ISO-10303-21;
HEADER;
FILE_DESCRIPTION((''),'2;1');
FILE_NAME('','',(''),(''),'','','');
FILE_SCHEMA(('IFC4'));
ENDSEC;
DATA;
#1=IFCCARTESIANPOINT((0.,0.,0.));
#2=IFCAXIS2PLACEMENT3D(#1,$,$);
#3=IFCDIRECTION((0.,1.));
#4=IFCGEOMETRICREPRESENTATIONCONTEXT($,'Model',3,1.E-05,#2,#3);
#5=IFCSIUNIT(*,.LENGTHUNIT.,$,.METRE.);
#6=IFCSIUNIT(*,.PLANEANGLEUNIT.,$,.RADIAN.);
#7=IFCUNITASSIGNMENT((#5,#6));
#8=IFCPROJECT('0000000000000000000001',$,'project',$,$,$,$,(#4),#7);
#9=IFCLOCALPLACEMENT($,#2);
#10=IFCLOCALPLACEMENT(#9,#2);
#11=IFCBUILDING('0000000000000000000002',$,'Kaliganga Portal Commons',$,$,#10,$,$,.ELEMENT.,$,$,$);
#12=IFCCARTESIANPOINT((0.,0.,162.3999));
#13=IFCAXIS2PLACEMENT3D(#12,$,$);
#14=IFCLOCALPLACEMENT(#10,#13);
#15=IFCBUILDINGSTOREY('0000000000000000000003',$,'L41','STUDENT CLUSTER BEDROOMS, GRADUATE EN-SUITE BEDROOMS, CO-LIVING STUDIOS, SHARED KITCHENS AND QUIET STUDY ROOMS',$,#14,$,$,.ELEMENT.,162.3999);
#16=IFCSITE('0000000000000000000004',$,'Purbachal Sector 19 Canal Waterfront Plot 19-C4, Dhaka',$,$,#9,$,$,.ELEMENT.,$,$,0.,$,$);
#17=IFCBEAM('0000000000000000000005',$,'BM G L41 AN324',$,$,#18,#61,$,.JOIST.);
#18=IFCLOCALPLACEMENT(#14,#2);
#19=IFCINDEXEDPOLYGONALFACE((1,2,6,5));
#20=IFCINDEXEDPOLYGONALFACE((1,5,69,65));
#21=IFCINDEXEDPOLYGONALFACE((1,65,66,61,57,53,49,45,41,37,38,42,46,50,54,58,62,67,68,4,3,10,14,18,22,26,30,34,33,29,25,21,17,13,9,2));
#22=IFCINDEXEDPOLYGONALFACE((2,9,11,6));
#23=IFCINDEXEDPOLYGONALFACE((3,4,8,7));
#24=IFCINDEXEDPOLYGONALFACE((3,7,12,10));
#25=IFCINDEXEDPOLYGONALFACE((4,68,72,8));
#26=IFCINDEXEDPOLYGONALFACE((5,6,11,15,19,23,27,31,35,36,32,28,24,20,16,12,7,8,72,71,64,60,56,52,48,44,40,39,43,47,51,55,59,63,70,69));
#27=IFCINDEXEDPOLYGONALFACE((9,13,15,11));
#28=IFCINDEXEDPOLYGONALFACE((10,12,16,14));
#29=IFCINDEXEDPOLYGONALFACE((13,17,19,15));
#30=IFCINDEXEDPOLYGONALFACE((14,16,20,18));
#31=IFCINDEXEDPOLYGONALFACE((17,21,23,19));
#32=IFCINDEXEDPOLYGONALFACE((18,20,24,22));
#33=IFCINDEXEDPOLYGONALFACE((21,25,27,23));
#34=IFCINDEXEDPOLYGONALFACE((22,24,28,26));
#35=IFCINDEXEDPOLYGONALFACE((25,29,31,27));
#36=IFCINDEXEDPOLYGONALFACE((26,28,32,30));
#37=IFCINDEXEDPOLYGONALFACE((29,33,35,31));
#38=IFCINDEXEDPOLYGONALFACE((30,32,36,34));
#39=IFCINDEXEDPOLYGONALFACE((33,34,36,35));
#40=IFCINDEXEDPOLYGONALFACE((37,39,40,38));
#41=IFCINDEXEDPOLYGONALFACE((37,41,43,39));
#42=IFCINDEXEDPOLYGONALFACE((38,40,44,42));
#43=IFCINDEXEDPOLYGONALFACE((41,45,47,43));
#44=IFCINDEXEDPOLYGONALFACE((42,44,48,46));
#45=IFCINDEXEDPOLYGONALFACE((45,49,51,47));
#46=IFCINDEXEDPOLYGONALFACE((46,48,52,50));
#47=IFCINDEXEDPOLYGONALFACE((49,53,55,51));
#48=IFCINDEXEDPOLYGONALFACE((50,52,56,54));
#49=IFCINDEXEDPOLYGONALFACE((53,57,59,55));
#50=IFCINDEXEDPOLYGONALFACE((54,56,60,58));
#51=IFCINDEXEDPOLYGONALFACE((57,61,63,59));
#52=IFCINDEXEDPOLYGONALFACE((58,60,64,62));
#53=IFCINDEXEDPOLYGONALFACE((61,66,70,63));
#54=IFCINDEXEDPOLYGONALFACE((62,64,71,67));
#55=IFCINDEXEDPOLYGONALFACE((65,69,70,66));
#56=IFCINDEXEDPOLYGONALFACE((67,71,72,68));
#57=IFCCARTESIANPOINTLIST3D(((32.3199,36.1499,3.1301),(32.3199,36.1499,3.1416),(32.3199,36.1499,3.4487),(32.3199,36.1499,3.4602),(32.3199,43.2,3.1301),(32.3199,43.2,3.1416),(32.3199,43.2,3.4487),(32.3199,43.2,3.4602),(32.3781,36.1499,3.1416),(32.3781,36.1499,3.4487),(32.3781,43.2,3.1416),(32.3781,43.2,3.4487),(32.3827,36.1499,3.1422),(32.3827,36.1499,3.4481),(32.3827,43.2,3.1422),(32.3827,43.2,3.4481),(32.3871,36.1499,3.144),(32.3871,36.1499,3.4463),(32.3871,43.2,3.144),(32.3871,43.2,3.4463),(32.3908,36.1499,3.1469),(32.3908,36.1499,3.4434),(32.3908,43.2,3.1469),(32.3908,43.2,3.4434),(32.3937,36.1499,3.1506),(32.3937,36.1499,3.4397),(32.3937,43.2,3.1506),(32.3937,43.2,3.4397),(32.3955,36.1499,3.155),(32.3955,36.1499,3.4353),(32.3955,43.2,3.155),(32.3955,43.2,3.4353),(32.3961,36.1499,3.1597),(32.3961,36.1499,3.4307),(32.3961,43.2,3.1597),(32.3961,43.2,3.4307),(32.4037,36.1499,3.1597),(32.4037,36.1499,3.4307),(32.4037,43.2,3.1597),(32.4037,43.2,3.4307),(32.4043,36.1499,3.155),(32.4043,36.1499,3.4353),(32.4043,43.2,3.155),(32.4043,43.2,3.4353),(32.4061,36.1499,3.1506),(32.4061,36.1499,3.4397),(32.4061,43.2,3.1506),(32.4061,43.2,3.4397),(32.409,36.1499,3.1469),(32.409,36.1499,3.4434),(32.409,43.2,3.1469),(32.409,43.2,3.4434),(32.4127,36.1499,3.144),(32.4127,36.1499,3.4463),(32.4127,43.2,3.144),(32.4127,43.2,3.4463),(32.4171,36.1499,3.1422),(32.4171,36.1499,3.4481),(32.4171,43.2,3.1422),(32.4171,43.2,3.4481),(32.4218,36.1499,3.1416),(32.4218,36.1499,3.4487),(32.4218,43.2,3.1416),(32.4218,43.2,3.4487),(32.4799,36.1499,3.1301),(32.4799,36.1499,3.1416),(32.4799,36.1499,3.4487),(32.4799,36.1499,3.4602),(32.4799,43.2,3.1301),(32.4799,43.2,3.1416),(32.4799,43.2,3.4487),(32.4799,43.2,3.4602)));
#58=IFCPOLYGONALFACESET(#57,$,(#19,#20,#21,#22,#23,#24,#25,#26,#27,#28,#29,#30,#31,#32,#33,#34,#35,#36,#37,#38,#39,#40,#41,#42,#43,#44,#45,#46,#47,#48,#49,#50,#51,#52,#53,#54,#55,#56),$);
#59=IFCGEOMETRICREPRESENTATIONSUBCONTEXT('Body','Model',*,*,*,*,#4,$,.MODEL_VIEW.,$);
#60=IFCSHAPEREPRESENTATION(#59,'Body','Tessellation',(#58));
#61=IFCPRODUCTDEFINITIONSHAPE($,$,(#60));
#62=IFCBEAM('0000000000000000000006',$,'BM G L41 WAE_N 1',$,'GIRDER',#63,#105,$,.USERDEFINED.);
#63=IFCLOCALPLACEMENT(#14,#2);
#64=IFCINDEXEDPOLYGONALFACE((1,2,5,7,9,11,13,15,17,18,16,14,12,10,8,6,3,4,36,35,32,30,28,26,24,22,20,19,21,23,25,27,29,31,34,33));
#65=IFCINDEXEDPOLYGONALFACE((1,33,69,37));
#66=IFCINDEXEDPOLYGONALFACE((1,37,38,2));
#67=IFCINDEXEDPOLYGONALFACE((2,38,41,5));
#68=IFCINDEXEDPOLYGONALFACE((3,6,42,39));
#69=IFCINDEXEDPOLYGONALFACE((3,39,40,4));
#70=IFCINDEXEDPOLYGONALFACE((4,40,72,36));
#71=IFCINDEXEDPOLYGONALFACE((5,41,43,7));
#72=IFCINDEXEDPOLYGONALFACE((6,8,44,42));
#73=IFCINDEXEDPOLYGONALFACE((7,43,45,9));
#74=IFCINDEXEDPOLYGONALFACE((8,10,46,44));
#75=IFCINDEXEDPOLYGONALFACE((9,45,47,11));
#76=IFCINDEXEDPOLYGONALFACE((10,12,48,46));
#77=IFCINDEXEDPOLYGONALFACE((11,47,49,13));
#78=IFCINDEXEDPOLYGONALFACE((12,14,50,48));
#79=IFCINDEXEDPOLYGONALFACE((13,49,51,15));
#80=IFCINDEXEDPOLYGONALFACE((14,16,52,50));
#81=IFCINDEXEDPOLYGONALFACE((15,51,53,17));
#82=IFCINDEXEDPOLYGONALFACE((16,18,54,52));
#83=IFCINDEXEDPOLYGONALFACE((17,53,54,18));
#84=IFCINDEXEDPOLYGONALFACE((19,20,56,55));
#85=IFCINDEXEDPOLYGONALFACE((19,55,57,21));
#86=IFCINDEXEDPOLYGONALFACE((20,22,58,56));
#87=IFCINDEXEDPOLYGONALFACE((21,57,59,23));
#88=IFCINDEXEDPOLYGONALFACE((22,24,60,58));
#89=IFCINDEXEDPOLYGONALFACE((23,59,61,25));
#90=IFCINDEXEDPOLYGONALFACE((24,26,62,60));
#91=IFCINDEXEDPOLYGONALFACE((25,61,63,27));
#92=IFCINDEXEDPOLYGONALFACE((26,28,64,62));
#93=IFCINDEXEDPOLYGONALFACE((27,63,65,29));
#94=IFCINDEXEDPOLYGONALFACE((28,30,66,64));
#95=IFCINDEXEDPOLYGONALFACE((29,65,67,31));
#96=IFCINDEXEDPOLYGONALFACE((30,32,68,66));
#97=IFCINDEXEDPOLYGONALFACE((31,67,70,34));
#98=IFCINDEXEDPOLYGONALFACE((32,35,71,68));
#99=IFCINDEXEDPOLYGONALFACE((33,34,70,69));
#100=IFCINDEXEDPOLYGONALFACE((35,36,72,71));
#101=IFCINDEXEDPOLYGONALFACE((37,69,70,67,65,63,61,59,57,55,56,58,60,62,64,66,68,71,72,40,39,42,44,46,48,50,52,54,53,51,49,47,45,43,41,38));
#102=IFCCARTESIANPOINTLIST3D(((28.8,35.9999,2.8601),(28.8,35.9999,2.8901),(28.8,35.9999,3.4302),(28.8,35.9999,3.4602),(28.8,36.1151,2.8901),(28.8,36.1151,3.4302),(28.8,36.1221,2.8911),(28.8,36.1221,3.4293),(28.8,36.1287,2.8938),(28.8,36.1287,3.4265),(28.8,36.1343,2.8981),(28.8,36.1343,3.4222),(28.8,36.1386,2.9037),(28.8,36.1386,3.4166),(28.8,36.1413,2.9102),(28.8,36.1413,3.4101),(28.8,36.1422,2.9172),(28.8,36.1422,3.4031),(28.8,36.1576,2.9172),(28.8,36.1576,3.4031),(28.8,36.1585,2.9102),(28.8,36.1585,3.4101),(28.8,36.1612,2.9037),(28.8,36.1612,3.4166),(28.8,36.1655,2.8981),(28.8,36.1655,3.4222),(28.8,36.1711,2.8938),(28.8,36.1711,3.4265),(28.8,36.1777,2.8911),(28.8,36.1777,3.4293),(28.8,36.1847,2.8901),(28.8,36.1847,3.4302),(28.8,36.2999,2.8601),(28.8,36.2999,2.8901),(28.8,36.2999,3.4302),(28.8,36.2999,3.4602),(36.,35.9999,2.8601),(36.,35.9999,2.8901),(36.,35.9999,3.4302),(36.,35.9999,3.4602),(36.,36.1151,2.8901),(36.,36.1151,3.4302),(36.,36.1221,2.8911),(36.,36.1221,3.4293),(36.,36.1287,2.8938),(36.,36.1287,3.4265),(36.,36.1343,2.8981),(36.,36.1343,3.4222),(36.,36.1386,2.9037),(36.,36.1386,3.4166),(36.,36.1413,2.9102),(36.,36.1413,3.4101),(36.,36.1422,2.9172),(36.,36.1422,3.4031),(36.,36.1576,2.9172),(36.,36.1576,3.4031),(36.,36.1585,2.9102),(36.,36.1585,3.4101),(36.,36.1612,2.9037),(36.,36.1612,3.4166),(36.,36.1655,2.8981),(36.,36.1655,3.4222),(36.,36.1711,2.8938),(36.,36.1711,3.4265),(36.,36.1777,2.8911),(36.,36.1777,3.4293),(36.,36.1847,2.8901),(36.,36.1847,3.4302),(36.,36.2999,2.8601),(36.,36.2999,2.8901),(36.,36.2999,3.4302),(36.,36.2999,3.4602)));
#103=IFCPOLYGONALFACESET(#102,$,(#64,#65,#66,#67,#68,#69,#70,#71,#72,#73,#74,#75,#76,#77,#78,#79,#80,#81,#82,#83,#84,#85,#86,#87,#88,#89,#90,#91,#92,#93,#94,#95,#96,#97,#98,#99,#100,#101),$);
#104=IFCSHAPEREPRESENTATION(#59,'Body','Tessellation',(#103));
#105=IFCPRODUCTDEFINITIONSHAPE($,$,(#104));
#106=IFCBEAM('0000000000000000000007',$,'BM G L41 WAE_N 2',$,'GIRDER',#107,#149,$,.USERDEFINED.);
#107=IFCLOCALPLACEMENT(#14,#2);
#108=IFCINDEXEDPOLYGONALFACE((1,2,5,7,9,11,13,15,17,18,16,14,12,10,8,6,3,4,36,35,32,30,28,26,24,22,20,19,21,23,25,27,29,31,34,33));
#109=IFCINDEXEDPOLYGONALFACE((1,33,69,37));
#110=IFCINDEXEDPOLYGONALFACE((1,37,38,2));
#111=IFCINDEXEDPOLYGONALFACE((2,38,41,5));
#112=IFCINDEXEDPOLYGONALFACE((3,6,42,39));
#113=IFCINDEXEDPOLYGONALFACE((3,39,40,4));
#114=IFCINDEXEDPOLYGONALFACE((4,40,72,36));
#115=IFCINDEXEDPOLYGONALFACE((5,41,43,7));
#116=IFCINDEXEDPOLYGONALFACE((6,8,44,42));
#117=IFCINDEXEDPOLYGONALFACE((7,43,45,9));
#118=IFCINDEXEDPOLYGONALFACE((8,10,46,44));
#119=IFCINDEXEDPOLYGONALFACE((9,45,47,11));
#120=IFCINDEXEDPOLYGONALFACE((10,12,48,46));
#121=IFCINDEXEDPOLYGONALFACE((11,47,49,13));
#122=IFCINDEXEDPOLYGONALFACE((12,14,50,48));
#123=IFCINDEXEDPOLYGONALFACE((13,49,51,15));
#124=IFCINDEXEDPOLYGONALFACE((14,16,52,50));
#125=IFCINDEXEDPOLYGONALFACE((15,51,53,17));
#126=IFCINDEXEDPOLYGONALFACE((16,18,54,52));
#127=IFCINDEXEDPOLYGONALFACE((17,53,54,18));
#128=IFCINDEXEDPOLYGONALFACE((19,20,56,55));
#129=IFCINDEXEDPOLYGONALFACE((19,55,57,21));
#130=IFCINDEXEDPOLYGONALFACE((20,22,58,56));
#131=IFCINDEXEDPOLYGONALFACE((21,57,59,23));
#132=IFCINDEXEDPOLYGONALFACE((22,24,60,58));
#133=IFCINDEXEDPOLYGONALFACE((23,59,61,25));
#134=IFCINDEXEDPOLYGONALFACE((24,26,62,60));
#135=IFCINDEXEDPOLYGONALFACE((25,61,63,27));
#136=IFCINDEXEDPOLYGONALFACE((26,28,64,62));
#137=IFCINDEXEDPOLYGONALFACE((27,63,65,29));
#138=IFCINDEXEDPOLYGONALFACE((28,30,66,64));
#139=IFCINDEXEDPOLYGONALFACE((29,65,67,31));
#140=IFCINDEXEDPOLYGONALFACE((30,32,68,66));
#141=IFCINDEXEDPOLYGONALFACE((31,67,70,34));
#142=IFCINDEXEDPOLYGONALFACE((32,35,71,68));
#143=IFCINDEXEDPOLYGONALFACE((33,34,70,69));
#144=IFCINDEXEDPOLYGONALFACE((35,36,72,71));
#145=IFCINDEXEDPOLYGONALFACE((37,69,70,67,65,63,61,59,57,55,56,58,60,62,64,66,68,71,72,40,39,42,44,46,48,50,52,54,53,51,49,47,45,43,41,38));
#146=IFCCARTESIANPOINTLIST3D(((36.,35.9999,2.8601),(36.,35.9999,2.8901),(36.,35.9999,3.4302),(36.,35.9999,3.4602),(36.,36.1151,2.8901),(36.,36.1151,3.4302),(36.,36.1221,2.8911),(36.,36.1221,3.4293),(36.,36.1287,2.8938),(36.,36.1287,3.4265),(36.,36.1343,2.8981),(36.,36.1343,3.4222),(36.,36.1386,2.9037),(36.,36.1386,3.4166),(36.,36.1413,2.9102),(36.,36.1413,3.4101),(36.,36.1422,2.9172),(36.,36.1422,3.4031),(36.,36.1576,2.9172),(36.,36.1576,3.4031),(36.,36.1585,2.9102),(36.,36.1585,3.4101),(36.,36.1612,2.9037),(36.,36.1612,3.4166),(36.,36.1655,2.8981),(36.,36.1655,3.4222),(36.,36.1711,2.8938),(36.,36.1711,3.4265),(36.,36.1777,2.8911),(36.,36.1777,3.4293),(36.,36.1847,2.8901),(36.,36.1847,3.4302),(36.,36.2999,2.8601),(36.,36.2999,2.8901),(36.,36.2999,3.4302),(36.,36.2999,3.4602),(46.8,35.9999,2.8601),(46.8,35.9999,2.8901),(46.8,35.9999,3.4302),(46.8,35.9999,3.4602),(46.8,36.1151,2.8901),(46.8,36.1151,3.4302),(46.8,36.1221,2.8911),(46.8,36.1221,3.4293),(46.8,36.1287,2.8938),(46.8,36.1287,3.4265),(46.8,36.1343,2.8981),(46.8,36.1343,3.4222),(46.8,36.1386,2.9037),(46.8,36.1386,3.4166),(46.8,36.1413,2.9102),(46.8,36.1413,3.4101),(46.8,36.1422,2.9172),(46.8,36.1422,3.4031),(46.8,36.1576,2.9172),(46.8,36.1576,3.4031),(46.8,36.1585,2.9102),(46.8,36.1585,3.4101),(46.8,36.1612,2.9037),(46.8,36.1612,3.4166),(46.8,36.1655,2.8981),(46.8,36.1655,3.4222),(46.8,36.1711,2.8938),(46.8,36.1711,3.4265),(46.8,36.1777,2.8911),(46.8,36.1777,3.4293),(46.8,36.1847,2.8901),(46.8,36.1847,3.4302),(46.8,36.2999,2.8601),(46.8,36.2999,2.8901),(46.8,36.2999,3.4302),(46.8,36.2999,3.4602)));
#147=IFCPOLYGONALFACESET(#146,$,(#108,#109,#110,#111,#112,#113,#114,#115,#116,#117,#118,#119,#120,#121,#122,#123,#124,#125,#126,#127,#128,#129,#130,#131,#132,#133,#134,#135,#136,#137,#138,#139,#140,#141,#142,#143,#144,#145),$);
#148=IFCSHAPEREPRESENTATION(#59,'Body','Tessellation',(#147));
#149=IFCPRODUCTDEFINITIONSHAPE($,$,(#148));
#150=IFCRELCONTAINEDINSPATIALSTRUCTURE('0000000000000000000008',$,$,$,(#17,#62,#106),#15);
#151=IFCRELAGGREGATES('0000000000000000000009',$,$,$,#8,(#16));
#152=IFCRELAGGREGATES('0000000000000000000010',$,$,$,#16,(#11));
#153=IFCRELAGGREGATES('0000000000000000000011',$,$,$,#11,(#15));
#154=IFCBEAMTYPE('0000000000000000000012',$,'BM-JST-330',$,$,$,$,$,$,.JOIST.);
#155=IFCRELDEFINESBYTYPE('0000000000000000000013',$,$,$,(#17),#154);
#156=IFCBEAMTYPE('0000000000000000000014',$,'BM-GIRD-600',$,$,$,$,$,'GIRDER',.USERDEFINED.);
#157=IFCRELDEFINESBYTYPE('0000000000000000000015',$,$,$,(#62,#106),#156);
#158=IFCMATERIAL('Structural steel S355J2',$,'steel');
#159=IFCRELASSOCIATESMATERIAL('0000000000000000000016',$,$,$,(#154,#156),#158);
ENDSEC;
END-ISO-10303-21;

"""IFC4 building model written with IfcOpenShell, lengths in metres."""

from ifc_helpers import new_model, si_unit, direction, frame, origin, origin_2d, place, context, subcontext, project, spatial, i_section, extrude, source, transform, mapped, material, material_profile, profile_set, type_object, element, save


model = new_model("IFC4")

# Units and contexts
model_context = context("Model", 3, precision=1e-05, world=origin(), true_north=direction((0.0, 1.0)))
body_context = subcontext(model_context, "Body", "Model", "MODEL_VIEW")
ifc_project = project(units=[si_unit("LENGTHUNIT", "METRE"), si_unit("PLANEANGLEUNIT", "RADIAN")], contexts=[model_context])

# Site, building, storey
site_placement = place(None, origin())
site = spatial("IfcSite", under=ifc_project, at=site_placement, Name="Purbachal Sector 19 Canal Waterfront Plot 19-C4, Dhaka", CompositionType="ELEMENT", RefElevation=0.0)
building_placement = place(site_placement, origin())
building = spatial("IfcBuilding", under=site, at=building_placement, Name="Kaliganga Portal Commons", CompositionType="ELEMENT")
storey_placement = place(building_placement, frame((0.0, 0.0, 162.3999)))
storey = spatial("IfcBuildingStorey", under=building, at=storey_placement, Name="L41", Description="STUDENT CLUSTER BEDROOMS, GRADUATE EN-SUITE BEDROOMS, CO-LIVING STUDIOS, SHARED KITCHENS AND QUIET STUDY ROOMS", CompositionType="ELEMENT", Elevation=162.3999)

# Beams
ifc_material_1 = material(Name="Structural steel S355J2", Category="steel")
ifc_material_profile_1 = material_profile(ifc_material_1, i_section(OverallWidth=0.1599, OverallDepth=0.3301, WebThickness=0.0076, FlangeThickness=0.0115, FilletRadius=0.0181, at=origin_2d()), Name="IPE 330")
ifc_profile_set_1 = profile_set([ifc_material_profile_1], Name="Structural steel S355J2 wide-flange")
beam_type_1 = type_object("IfcBeamType", Name="BM-JST-330", PredefinedType="JOIST", material=ifc_profile_set_1)
shared_shape_1 = source(origin(), body_context, "Body", "SweptSolid", [
    extrude(i_section(OverallWidth=0.1599, OverallDepth=0.3301, WebThickness=0.0076, FlangeThickness=0.0115, FilletRadius=0.0181, at=origin_2d()), origin(), (0.0, 0.0, 1.0), 7.05),
])
beam_1_placement = place(storey_placement, frame((32.3999, 36.1499, 3.2952), z_axis=(0.0, 1.0, 0.0), x_axis=(-1.0, 0.0, 0.0)))
element("IfcBeam", 1, at=beam_1_placement, inside=storey, type_object=beam_type_1, Name="BM G L41 AN324", PredefinedType="JOIST", context=body_context, shape_type="MappedRepresentation", body=[
    mapped(shared_shape_1, transform((0.0, 0.0, 0.0), x_axis=(1.0, 0.0, 0.0), y_axis=(0.0, 1.0, 0.0), z_axis=(0.0, 0.0, 1.0), scale=1.0)),
])
ifc_material_profile_2 = material_profile(ifc_material_1, i_section(OverallWidth=0.3, OverallDepth=0.6001, WebThickness=0.0154, FlangeThickness=0.03, FilletRadius=0.0271, at=origin_2d()), Name="HE 600 B")
ifc_profile_set_2 = profile_set([ifc_material_profile_2], Name="Structural steel S355J2 wide-flange")
beam_type_2 = type_object("IfcBeamType", Name="BM-GIRD-600", ElementType="GIRDER", PredefinedType="USERDEFINED", material=ifc_profile_set_2)
shared_shape_2 = source(origin(), body_context, "Body", "SweptSolid", [
    extrude(i_section(OverallWidth=0.3, OverallDepth=0.6001, WebThickness=0.0154, FlangeThickness=0.03, FilletRadius=0.0271, at=origin_2d()), origin(), (0.0, 0.0, 1.0), 7.2),
])
beam_2_placement = place(storey_placement, frame((28.8, 36.1499, 3.1602), z_axis=(1.0, 0.0, 0.0), x_axis=(0.0, 1.0, 0.0)))
element("IfcBeam", 2, at=beam_2_placement, inside=storey, type_object=beam_type_2, Name="BM G L41 WAE_N 1", ObjectType="GIRDER", PredefinedType="USERDEFINED", context=body_context, shape_type="MappedRepresentation", body=[
    mapped(shared_shape_2, transform((0.0, 0.0, 0.0), x_axis=(1.0, 0.0, 0.0), y_axis=(0.0, 1.0, 0.0), z_axis=(0.0, 0.0, 1.0), scale=1.0)),
])
shared_shape_3 = source(origin(), body_context, "Body", "SweptSolid", [
    extrude(i_section(OverallWidth=0.3, OverallDepth=0.6001, WebThickness=0.0154, FlangeThickness=0.03, FilletRadius=0.0271, at=origin_2d()), origin(), (0.0, 0.0, 1.0), 10.8),
])
beam_3_placement = place(storey_placement, frame((36.0, 36.1499, 3.1602), z_axis=(1.0, 0.0, 0.0), x_axis=(0.0, 1.0, 0.0)))
element("IfcBeam", 3, at=beam_3_placement, inside=storey, type_object=beam_type_2, Name="BM G L41 WAE_N 2", ObjectType="GIRDER", PredefinedType="USERDEFINED", context=body_context, shape_type="MappedRepresentation", body=[
    mapped(shared_shape_3, transform((0.0, 0.0, 0.0), x_axis=(1.0, 0.0, 0.0), y_axis=(0.0, 1.0, 0.0), z_axis=(0.0, 0.0, 1.0), scale=1.0)),
])

save(model, "model.ifc")
